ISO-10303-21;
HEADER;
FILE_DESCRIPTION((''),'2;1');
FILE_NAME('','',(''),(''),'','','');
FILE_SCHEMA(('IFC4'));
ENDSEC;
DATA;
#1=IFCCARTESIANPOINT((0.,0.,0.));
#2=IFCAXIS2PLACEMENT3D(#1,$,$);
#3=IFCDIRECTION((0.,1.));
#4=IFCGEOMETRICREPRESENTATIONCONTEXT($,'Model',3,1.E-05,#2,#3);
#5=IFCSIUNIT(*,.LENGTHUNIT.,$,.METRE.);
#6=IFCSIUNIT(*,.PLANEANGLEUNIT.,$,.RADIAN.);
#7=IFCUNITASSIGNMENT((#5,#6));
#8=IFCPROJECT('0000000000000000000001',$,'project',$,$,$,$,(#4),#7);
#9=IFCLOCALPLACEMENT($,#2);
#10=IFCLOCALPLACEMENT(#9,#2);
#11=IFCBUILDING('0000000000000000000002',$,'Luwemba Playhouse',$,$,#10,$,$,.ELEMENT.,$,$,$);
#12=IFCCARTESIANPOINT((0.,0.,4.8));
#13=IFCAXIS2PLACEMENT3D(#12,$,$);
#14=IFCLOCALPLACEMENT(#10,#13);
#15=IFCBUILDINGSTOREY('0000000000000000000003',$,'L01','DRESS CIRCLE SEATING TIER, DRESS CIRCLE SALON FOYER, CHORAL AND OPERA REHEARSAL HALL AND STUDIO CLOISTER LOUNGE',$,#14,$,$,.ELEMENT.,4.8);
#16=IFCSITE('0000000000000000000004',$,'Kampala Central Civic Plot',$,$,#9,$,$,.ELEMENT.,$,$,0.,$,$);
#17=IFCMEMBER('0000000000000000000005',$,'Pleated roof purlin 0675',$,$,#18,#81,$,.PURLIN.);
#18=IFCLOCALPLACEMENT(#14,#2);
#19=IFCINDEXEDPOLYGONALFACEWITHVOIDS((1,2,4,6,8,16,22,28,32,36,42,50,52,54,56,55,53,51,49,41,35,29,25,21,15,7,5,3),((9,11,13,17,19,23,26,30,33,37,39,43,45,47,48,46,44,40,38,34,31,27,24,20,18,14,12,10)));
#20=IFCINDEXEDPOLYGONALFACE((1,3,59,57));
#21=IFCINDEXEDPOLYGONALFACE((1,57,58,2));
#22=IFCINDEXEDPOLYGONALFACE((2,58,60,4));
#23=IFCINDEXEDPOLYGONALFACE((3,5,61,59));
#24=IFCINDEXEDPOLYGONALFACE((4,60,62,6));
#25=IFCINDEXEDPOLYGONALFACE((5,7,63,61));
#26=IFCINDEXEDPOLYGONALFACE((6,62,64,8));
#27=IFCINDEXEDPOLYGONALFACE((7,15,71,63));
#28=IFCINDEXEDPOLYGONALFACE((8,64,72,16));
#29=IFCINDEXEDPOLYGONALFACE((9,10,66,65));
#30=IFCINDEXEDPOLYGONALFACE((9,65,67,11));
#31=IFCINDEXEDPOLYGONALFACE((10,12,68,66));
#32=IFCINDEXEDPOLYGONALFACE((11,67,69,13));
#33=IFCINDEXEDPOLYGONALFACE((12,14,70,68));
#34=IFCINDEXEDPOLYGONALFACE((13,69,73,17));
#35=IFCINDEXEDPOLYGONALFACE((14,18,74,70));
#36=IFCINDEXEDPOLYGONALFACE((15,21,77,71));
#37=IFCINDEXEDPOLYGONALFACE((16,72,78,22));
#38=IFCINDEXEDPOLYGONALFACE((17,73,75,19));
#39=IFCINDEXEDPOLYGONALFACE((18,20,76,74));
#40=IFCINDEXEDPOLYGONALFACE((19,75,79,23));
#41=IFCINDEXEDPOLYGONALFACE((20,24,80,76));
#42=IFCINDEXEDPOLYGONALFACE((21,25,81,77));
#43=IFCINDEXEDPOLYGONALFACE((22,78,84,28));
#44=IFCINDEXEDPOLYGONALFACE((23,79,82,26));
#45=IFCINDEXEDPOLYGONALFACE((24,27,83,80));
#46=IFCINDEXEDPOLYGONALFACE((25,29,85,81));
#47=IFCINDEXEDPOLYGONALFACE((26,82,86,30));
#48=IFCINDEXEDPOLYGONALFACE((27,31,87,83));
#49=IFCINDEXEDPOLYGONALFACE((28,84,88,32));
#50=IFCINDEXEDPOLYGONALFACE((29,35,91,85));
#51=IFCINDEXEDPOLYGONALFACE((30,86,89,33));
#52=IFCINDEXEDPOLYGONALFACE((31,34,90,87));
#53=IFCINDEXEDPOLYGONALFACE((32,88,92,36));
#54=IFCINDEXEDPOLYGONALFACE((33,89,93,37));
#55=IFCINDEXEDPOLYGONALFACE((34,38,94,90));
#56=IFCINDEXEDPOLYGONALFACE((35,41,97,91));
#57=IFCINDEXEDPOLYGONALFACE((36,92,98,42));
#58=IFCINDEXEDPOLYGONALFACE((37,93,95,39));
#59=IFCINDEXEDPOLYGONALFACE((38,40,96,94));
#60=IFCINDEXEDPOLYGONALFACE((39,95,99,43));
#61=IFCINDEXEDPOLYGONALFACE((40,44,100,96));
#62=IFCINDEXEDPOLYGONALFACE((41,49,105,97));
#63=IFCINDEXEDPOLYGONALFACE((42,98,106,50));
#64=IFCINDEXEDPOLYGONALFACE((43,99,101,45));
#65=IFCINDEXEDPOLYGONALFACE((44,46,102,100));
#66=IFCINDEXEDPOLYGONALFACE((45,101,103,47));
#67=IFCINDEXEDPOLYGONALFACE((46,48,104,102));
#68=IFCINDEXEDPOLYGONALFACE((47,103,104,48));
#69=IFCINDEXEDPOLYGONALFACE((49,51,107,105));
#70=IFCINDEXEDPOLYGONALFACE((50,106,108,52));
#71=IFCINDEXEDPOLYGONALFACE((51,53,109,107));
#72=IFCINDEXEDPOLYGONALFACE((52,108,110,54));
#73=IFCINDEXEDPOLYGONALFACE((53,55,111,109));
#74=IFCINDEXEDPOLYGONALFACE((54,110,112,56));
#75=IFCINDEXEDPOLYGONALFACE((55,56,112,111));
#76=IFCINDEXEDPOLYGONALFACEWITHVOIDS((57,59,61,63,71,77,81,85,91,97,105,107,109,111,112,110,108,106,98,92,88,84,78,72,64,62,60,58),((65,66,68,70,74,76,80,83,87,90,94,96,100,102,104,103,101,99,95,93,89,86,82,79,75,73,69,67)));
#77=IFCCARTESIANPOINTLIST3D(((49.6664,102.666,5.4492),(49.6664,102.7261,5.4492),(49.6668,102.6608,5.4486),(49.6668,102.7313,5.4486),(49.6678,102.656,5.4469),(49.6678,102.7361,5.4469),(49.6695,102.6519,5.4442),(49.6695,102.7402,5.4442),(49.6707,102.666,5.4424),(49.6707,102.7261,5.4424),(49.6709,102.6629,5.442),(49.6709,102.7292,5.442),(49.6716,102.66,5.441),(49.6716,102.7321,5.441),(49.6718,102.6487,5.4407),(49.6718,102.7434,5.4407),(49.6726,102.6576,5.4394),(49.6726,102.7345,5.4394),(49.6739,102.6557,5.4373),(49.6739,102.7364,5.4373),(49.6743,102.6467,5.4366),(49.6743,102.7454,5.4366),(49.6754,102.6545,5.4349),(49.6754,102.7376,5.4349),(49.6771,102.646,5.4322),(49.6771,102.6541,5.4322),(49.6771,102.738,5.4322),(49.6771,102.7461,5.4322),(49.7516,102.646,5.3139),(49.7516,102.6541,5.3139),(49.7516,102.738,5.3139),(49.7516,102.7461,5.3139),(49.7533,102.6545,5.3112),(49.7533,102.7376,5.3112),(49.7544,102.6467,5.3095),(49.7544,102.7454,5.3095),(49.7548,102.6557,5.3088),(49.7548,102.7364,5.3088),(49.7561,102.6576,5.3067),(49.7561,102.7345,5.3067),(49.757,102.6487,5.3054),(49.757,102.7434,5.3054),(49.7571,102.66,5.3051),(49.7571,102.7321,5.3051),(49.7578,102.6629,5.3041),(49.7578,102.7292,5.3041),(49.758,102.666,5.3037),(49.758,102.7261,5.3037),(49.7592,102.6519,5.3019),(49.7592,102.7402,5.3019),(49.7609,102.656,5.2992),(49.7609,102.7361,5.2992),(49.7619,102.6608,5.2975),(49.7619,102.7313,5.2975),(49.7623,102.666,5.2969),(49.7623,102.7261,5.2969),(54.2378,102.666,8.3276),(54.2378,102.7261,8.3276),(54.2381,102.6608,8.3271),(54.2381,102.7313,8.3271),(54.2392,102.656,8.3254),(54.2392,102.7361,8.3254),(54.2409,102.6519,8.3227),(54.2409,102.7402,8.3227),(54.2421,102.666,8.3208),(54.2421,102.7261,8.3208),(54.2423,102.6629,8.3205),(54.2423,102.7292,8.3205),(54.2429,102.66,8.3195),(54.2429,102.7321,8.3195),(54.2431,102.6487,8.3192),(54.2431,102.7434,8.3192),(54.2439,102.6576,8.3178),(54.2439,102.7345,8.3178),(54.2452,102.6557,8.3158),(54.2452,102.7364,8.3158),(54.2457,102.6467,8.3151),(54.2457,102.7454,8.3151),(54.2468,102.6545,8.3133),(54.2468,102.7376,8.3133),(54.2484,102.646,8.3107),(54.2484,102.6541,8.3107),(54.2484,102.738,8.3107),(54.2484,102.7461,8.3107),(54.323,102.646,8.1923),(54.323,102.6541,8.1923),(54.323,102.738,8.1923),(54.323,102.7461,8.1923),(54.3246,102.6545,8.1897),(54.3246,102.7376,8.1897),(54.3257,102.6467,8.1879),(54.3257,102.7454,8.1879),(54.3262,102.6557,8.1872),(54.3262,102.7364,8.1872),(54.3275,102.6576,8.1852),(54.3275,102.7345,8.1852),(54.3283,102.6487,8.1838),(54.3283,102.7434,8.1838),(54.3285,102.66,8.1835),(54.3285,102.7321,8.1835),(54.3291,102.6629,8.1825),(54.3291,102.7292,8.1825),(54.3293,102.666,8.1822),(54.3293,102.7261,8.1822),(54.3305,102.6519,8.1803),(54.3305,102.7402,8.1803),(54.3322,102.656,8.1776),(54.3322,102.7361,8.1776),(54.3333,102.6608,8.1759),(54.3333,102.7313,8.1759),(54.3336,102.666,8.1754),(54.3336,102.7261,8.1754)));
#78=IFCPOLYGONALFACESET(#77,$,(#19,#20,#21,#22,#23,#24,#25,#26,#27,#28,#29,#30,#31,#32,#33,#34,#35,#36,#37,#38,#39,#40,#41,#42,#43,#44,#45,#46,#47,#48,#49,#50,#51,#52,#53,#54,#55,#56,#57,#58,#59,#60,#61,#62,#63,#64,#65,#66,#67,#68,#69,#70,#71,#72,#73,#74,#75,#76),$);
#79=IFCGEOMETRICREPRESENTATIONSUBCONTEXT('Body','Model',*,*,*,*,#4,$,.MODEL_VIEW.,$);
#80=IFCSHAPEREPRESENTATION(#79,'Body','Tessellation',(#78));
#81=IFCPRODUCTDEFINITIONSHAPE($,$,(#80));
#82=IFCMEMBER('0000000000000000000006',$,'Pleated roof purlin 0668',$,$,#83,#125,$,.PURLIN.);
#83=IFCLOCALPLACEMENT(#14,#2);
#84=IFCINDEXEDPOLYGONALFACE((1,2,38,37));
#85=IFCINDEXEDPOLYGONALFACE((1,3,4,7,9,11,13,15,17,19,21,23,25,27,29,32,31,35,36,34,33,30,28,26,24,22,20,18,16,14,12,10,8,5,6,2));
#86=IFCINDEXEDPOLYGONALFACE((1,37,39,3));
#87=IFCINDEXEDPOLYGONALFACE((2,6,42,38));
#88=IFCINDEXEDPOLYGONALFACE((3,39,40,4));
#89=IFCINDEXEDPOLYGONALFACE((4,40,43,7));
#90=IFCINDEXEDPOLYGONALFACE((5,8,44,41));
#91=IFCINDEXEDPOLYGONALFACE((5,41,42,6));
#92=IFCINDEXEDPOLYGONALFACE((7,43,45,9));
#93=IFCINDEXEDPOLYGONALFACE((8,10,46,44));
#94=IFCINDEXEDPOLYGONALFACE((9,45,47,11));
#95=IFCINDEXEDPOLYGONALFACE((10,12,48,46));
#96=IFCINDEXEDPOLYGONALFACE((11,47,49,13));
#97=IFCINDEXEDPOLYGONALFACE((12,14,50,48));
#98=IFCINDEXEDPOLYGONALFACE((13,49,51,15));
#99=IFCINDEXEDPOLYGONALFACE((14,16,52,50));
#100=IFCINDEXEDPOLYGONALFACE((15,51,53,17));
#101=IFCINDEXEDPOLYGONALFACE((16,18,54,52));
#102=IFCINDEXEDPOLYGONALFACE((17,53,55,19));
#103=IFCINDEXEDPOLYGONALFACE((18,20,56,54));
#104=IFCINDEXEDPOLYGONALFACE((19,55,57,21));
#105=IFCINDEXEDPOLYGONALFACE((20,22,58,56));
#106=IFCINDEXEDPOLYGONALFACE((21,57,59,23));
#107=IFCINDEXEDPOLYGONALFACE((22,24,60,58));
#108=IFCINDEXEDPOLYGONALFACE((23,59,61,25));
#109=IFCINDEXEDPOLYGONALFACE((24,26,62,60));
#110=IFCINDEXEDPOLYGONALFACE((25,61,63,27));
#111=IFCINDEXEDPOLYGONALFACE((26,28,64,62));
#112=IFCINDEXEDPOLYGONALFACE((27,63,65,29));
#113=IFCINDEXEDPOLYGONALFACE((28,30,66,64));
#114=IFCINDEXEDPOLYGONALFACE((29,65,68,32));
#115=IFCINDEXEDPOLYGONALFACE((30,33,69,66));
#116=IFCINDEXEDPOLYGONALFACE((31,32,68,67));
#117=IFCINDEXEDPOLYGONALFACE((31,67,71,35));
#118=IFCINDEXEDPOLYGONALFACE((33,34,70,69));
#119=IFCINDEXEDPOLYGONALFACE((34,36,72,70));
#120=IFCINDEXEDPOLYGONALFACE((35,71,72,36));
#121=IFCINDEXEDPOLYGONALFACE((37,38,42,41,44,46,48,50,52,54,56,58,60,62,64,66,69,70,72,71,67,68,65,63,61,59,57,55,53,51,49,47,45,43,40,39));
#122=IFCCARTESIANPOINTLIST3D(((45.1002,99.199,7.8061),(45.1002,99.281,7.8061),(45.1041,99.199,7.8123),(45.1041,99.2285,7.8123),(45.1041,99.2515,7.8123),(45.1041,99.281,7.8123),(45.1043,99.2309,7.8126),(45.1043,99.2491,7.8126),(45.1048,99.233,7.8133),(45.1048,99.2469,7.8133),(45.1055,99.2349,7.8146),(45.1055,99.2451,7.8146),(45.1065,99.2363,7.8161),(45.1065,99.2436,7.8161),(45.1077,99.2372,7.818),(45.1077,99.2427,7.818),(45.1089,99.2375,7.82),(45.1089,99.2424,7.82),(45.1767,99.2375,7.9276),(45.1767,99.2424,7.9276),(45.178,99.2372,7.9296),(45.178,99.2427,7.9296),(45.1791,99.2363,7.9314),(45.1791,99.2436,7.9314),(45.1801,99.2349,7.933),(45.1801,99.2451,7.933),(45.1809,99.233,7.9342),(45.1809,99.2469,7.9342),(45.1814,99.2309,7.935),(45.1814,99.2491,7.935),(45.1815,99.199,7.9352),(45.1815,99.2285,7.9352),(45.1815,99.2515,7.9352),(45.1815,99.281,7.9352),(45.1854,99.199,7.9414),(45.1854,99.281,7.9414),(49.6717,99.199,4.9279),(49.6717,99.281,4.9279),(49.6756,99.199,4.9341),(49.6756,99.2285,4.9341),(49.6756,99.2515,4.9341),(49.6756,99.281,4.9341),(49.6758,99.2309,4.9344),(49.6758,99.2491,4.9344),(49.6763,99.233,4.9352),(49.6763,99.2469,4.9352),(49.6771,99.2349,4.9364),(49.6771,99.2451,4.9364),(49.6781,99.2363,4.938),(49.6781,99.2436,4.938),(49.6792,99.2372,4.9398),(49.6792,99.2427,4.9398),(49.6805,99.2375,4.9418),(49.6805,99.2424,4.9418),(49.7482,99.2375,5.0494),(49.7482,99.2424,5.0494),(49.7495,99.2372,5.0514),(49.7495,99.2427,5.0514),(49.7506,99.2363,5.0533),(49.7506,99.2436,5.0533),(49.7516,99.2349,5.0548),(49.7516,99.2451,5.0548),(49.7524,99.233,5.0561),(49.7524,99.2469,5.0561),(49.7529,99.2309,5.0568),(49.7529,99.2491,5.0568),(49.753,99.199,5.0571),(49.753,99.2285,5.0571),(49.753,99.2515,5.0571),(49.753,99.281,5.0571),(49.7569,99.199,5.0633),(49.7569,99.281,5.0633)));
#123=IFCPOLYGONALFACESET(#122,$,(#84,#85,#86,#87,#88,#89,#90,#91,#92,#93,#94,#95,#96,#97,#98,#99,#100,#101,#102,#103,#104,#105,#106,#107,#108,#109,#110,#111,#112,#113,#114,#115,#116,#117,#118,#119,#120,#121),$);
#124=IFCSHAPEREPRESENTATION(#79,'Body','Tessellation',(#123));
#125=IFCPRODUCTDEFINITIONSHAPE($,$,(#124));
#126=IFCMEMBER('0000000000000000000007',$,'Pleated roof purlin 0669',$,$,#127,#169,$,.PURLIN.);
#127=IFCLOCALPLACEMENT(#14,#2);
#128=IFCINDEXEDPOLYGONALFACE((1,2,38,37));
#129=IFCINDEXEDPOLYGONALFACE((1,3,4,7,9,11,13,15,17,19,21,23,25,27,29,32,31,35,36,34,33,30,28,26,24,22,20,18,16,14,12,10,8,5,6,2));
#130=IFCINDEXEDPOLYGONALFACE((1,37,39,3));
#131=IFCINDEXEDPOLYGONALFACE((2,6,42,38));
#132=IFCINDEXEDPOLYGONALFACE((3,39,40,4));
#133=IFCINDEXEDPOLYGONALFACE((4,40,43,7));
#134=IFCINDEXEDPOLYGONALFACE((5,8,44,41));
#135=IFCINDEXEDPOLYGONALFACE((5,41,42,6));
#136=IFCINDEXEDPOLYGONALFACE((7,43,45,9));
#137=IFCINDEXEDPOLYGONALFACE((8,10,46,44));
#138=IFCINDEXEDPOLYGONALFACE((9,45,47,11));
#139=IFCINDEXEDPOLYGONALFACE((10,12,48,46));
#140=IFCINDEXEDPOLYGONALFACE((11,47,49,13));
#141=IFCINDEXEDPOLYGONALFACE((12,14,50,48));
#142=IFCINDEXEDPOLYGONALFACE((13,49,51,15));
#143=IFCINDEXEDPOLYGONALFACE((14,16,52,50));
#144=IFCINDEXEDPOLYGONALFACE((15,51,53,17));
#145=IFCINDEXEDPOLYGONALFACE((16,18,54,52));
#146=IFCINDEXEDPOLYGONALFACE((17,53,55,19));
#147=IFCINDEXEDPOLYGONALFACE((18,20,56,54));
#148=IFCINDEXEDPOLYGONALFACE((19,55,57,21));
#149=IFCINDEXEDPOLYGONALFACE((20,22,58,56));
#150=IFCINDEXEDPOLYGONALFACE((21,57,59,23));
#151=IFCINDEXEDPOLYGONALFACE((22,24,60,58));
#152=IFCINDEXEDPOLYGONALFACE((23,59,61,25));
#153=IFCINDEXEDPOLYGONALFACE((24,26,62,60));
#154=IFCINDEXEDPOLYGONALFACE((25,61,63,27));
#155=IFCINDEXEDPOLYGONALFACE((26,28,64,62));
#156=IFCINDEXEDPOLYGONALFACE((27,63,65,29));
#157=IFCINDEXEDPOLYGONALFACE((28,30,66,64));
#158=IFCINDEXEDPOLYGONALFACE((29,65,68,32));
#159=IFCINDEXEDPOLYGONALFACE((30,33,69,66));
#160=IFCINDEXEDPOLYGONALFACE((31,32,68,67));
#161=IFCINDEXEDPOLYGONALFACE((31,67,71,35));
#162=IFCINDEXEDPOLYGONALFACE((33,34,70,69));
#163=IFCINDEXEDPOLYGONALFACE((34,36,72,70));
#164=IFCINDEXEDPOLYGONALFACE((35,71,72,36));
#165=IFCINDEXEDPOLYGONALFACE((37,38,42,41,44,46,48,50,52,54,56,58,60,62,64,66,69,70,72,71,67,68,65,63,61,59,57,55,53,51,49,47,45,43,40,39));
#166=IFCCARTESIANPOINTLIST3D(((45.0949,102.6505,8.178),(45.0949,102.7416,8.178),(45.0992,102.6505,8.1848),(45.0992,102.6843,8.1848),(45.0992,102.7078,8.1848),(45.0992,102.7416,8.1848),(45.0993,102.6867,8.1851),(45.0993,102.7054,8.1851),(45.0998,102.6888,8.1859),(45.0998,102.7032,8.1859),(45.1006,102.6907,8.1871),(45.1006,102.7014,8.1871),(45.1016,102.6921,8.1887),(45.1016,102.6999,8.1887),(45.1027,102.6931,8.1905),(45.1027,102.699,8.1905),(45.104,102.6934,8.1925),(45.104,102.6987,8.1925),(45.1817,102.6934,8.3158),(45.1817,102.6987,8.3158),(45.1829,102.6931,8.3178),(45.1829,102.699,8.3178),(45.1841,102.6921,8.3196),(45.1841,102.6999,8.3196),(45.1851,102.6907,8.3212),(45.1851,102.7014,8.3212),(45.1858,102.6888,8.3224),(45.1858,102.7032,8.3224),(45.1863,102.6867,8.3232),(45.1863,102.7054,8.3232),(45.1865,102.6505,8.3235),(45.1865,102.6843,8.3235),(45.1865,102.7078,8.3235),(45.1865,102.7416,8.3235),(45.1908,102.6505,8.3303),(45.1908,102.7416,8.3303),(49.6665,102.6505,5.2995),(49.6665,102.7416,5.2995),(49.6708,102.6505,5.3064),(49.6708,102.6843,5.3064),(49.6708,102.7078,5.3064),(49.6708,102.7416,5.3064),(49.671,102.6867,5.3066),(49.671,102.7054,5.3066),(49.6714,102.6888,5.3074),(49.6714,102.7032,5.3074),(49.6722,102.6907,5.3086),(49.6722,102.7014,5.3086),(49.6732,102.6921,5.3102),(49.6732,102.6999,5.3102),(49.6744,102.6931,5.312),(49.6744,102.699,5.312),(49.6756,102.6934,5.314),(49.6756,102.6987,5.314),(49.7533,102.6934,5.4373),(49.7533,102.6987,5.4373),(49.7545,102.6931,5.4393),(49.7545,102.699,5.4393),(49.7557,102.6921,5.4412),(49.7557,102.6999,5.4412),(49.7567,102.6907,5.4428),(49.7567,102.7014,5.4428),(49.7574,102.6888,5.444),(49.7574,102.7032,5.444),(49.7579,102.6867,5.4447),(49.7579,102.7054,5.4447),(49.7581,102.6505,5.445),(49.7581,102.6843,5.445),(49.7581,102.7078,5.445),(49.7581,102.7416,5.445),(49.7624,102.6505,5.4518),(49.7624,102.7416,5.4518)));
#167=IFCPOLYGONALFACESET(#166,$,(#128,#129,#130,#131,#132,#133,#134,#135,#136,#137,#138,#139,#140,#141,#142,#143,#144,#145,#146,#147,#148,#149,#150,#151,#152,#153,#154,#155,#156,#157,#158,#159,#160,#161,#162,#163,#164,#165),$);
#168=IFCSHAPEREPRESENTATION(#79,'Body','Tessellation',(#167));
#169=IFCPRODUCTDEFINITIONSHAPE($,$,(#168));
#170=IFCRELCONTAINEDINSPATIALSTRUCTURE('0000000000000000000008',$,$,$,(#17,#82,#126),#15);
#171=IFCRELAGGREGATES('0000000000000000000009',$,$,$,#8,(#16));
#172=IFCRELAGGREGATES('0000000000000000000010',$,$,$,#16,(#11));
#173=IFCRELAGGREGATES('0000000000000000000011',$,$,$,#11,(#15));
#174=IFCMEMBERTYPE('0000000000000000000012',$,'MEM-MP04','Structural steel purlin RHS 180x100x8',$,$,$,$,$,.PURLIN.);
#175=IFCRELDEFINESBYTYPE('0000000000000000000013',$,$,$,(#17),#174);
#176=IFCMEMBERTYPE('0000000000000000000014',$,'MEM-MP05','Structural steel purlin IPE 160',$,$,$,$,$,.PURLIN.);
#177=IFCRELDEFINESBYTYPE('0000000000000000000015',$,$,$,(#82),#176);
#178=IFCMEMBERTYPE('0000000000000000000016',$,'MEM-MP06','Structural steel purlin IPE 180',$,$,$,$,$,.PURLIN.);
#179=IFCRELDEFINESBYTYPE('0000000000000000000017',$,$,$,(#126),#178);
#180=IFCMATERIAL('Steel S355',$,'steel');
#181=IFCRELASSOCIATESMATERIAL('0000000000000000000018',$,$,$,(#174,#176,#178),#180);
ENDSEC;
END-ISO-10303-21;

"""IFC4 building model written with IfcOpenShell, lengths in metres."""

from ifc_helpers import new_model, si_unit, direction, frame, origin, origin_2d, place, context, subcontext, project, spatial, hollow_rectangle, i_section, extrude, material, material_profile, profile_set, type_object, element, save


model = new_model("IFC4")

# Units and contexts
model_context = context("Model", 3, precision=1e-05, world=origin(), true_north=direction((0.0, 1.0)))
body_context = subcontext(model_context, "Body", "Model", "MODEL_VIEW")
ifc_project = project(units=[si_unit("LENGTHUNIT", "METRE"), si_unit("PLANEANGLEUNIT", "RADIAN")], contexts=[model_context])

# Site, building, storey
site_placement = place(None, origin())
site = spatial("IfcSite", under=ifc_project, at=site_placement, Name="Kampala Central Civic Plot", CompositionType="ELEMENT", RefElevation=0.0)
building_placement = place(site_placement, origin())
building = spatial("IfcBuilding", under=site, at=building_placement, Name="Luwemba Playhouse", CompositionType="ELEMENT")
storey_placement = place(building_placement, frame((0.0, 0.0, 4.8)))
storey = spatial("IfcBuildingStorey", under=building, at=storey_placement, Name="L01", Description="DRESS CIRCLE SEATING TIER, DRESS CIRCLE SALON FOYER, CHORAL AND OPERA REHEARSAL HALL AND STUDIO CLOISTER LOUNGE", CompositionType="ELEMENT", Elevation=4.8)

# Shared definitions
ifc_material_1 = material(Name="Steel S355", Category="steel")

# Members
ifc_material_profile_1 = material_profile(ifc_material_1, hollow_rectangle(XDim=0.1001, YDim=0.1799, WallThickness=0.0081, InnerFilletRadius=0.012, OuterFilletRadius=0.02, at=origin_2d()))
ifc_profile_set_1 = profile_set([ifc_material_profile_1], Name="Steel S355")
member_type_1 = type_object("IfcMemberType", Name="MEM-MP04", Description="Structural steel purlin RHS 180x100x8", PredefinedType="PURLIN", material=ifc_profile_set_1)
for number, where, z_axis, x_axis, name in (
    (1, (49.7144, 102.696, 5.373), (0.846216, 0.0, 0.53284), (0.0, 1.0, 0.0), "Pleated roof purlin 0675"),
):
    element("IfcMember", number, at=place(storey_placement, frame(where, z_axis=z_axis, x_axis=x_axis)), inside=storey, type_object=member_type_1, Name=name, PredefinedType="PURLIN", context=body_context, shape_type="SweptSolid", body=[
        extrude(hollow_rectangle(XDim=0.1001, YDim=0.1799, WallThickness=0.0081, InnerFilletRadius=0.012, OuterFilletRadius=0.02, at=origin_2d()), origin(), (0.0, 0.0, 1.0), 5.4021),
    ])
ifc_material_profile_2 = material_profile(ifc_material_1, i_section(OverallWidth=0.082, OverallDepth=0.1599, WebThickness=0.0049, FlangeThickness=0.0073, FilletRadius=0.009, at=origin_2d()))
ifc_profile_set_2 = profile_set([ifc_material_profile_2], Name="Steel S355")
member_type_2 = type_object("IfcMemberType", Name="MEM-MP05", Description="Structural steel purlin IPE 160", PredefinedType="PURLIN", material=ifc_profile_set_2)
member_1_placement = place(storey_placement, frame((45.1428, 99.24, 7.8738), z_axis=(0.846249, 0.0, -0.532787), x_axis=(0.0, 1.0, 0.0)))
element("IfcMember", 2, at=member_1_placement, inside=storey, type_object=member_type_2, Name="Pleated roof purlin 0668", PredefinedType="PURLIN", context=body_context, shape_type="SweptSolid", body=[
    extrude(i_section(OverallWidth=0.082, OverallDepth=0.1599, WebThickness=0.0049, FlangeThickness=0.0073, FilletRadius=0.009, at=origin_2d()), origin(), (0.0, 0.0, 1.0), 5.4021),
])
ifc_material_profile_3 = material_profile(ifc_material_1, i_section(OverallWidth=0.0911, OverallDepth=0.1799, WebThickness=0.0054, FlangeThickness=0.0081, FilletRadius=0.009, at=origin_2d()))
ifc_profile_set_3 = profile_set([ifc_material_profile_3], Name="Steel S355")
member_type_3 = type_object("IfcMemberType", Name="MEM-MP06", Description="Structural steel purlin IPE 180", PredefinedType="PURLIN", material=ifc_profile_set_3)
for number, where, z_axis, x_axis, name in (
    (3, (45.1428, 102.696, 8.2542), (0.846229, 0.0, -0.532819), (0.0, 1.0, 0.0), "Pleated roof purlin 0669"),
):
    element("IfcMember", number, at=place(storey_placement, frame(where, z_axis=z_axis, x_axis=x_axis)), inside=storey, type_object=member_type_3, Name=name, PredefinedType="PURLIN", context=body_context, shape_type="SweptSolid", body=[
        extrude(i_section(OverallWidth=0.0911, OverallDepth=0.1799, WebThickness=0.0054, FlangeThickness=0.0081, FilletRadius=0.009, at=origin_2d()), origin(), (0.0, 0.0, 1.0), 5.4023),
    ])

save(model, "model.ifc")
